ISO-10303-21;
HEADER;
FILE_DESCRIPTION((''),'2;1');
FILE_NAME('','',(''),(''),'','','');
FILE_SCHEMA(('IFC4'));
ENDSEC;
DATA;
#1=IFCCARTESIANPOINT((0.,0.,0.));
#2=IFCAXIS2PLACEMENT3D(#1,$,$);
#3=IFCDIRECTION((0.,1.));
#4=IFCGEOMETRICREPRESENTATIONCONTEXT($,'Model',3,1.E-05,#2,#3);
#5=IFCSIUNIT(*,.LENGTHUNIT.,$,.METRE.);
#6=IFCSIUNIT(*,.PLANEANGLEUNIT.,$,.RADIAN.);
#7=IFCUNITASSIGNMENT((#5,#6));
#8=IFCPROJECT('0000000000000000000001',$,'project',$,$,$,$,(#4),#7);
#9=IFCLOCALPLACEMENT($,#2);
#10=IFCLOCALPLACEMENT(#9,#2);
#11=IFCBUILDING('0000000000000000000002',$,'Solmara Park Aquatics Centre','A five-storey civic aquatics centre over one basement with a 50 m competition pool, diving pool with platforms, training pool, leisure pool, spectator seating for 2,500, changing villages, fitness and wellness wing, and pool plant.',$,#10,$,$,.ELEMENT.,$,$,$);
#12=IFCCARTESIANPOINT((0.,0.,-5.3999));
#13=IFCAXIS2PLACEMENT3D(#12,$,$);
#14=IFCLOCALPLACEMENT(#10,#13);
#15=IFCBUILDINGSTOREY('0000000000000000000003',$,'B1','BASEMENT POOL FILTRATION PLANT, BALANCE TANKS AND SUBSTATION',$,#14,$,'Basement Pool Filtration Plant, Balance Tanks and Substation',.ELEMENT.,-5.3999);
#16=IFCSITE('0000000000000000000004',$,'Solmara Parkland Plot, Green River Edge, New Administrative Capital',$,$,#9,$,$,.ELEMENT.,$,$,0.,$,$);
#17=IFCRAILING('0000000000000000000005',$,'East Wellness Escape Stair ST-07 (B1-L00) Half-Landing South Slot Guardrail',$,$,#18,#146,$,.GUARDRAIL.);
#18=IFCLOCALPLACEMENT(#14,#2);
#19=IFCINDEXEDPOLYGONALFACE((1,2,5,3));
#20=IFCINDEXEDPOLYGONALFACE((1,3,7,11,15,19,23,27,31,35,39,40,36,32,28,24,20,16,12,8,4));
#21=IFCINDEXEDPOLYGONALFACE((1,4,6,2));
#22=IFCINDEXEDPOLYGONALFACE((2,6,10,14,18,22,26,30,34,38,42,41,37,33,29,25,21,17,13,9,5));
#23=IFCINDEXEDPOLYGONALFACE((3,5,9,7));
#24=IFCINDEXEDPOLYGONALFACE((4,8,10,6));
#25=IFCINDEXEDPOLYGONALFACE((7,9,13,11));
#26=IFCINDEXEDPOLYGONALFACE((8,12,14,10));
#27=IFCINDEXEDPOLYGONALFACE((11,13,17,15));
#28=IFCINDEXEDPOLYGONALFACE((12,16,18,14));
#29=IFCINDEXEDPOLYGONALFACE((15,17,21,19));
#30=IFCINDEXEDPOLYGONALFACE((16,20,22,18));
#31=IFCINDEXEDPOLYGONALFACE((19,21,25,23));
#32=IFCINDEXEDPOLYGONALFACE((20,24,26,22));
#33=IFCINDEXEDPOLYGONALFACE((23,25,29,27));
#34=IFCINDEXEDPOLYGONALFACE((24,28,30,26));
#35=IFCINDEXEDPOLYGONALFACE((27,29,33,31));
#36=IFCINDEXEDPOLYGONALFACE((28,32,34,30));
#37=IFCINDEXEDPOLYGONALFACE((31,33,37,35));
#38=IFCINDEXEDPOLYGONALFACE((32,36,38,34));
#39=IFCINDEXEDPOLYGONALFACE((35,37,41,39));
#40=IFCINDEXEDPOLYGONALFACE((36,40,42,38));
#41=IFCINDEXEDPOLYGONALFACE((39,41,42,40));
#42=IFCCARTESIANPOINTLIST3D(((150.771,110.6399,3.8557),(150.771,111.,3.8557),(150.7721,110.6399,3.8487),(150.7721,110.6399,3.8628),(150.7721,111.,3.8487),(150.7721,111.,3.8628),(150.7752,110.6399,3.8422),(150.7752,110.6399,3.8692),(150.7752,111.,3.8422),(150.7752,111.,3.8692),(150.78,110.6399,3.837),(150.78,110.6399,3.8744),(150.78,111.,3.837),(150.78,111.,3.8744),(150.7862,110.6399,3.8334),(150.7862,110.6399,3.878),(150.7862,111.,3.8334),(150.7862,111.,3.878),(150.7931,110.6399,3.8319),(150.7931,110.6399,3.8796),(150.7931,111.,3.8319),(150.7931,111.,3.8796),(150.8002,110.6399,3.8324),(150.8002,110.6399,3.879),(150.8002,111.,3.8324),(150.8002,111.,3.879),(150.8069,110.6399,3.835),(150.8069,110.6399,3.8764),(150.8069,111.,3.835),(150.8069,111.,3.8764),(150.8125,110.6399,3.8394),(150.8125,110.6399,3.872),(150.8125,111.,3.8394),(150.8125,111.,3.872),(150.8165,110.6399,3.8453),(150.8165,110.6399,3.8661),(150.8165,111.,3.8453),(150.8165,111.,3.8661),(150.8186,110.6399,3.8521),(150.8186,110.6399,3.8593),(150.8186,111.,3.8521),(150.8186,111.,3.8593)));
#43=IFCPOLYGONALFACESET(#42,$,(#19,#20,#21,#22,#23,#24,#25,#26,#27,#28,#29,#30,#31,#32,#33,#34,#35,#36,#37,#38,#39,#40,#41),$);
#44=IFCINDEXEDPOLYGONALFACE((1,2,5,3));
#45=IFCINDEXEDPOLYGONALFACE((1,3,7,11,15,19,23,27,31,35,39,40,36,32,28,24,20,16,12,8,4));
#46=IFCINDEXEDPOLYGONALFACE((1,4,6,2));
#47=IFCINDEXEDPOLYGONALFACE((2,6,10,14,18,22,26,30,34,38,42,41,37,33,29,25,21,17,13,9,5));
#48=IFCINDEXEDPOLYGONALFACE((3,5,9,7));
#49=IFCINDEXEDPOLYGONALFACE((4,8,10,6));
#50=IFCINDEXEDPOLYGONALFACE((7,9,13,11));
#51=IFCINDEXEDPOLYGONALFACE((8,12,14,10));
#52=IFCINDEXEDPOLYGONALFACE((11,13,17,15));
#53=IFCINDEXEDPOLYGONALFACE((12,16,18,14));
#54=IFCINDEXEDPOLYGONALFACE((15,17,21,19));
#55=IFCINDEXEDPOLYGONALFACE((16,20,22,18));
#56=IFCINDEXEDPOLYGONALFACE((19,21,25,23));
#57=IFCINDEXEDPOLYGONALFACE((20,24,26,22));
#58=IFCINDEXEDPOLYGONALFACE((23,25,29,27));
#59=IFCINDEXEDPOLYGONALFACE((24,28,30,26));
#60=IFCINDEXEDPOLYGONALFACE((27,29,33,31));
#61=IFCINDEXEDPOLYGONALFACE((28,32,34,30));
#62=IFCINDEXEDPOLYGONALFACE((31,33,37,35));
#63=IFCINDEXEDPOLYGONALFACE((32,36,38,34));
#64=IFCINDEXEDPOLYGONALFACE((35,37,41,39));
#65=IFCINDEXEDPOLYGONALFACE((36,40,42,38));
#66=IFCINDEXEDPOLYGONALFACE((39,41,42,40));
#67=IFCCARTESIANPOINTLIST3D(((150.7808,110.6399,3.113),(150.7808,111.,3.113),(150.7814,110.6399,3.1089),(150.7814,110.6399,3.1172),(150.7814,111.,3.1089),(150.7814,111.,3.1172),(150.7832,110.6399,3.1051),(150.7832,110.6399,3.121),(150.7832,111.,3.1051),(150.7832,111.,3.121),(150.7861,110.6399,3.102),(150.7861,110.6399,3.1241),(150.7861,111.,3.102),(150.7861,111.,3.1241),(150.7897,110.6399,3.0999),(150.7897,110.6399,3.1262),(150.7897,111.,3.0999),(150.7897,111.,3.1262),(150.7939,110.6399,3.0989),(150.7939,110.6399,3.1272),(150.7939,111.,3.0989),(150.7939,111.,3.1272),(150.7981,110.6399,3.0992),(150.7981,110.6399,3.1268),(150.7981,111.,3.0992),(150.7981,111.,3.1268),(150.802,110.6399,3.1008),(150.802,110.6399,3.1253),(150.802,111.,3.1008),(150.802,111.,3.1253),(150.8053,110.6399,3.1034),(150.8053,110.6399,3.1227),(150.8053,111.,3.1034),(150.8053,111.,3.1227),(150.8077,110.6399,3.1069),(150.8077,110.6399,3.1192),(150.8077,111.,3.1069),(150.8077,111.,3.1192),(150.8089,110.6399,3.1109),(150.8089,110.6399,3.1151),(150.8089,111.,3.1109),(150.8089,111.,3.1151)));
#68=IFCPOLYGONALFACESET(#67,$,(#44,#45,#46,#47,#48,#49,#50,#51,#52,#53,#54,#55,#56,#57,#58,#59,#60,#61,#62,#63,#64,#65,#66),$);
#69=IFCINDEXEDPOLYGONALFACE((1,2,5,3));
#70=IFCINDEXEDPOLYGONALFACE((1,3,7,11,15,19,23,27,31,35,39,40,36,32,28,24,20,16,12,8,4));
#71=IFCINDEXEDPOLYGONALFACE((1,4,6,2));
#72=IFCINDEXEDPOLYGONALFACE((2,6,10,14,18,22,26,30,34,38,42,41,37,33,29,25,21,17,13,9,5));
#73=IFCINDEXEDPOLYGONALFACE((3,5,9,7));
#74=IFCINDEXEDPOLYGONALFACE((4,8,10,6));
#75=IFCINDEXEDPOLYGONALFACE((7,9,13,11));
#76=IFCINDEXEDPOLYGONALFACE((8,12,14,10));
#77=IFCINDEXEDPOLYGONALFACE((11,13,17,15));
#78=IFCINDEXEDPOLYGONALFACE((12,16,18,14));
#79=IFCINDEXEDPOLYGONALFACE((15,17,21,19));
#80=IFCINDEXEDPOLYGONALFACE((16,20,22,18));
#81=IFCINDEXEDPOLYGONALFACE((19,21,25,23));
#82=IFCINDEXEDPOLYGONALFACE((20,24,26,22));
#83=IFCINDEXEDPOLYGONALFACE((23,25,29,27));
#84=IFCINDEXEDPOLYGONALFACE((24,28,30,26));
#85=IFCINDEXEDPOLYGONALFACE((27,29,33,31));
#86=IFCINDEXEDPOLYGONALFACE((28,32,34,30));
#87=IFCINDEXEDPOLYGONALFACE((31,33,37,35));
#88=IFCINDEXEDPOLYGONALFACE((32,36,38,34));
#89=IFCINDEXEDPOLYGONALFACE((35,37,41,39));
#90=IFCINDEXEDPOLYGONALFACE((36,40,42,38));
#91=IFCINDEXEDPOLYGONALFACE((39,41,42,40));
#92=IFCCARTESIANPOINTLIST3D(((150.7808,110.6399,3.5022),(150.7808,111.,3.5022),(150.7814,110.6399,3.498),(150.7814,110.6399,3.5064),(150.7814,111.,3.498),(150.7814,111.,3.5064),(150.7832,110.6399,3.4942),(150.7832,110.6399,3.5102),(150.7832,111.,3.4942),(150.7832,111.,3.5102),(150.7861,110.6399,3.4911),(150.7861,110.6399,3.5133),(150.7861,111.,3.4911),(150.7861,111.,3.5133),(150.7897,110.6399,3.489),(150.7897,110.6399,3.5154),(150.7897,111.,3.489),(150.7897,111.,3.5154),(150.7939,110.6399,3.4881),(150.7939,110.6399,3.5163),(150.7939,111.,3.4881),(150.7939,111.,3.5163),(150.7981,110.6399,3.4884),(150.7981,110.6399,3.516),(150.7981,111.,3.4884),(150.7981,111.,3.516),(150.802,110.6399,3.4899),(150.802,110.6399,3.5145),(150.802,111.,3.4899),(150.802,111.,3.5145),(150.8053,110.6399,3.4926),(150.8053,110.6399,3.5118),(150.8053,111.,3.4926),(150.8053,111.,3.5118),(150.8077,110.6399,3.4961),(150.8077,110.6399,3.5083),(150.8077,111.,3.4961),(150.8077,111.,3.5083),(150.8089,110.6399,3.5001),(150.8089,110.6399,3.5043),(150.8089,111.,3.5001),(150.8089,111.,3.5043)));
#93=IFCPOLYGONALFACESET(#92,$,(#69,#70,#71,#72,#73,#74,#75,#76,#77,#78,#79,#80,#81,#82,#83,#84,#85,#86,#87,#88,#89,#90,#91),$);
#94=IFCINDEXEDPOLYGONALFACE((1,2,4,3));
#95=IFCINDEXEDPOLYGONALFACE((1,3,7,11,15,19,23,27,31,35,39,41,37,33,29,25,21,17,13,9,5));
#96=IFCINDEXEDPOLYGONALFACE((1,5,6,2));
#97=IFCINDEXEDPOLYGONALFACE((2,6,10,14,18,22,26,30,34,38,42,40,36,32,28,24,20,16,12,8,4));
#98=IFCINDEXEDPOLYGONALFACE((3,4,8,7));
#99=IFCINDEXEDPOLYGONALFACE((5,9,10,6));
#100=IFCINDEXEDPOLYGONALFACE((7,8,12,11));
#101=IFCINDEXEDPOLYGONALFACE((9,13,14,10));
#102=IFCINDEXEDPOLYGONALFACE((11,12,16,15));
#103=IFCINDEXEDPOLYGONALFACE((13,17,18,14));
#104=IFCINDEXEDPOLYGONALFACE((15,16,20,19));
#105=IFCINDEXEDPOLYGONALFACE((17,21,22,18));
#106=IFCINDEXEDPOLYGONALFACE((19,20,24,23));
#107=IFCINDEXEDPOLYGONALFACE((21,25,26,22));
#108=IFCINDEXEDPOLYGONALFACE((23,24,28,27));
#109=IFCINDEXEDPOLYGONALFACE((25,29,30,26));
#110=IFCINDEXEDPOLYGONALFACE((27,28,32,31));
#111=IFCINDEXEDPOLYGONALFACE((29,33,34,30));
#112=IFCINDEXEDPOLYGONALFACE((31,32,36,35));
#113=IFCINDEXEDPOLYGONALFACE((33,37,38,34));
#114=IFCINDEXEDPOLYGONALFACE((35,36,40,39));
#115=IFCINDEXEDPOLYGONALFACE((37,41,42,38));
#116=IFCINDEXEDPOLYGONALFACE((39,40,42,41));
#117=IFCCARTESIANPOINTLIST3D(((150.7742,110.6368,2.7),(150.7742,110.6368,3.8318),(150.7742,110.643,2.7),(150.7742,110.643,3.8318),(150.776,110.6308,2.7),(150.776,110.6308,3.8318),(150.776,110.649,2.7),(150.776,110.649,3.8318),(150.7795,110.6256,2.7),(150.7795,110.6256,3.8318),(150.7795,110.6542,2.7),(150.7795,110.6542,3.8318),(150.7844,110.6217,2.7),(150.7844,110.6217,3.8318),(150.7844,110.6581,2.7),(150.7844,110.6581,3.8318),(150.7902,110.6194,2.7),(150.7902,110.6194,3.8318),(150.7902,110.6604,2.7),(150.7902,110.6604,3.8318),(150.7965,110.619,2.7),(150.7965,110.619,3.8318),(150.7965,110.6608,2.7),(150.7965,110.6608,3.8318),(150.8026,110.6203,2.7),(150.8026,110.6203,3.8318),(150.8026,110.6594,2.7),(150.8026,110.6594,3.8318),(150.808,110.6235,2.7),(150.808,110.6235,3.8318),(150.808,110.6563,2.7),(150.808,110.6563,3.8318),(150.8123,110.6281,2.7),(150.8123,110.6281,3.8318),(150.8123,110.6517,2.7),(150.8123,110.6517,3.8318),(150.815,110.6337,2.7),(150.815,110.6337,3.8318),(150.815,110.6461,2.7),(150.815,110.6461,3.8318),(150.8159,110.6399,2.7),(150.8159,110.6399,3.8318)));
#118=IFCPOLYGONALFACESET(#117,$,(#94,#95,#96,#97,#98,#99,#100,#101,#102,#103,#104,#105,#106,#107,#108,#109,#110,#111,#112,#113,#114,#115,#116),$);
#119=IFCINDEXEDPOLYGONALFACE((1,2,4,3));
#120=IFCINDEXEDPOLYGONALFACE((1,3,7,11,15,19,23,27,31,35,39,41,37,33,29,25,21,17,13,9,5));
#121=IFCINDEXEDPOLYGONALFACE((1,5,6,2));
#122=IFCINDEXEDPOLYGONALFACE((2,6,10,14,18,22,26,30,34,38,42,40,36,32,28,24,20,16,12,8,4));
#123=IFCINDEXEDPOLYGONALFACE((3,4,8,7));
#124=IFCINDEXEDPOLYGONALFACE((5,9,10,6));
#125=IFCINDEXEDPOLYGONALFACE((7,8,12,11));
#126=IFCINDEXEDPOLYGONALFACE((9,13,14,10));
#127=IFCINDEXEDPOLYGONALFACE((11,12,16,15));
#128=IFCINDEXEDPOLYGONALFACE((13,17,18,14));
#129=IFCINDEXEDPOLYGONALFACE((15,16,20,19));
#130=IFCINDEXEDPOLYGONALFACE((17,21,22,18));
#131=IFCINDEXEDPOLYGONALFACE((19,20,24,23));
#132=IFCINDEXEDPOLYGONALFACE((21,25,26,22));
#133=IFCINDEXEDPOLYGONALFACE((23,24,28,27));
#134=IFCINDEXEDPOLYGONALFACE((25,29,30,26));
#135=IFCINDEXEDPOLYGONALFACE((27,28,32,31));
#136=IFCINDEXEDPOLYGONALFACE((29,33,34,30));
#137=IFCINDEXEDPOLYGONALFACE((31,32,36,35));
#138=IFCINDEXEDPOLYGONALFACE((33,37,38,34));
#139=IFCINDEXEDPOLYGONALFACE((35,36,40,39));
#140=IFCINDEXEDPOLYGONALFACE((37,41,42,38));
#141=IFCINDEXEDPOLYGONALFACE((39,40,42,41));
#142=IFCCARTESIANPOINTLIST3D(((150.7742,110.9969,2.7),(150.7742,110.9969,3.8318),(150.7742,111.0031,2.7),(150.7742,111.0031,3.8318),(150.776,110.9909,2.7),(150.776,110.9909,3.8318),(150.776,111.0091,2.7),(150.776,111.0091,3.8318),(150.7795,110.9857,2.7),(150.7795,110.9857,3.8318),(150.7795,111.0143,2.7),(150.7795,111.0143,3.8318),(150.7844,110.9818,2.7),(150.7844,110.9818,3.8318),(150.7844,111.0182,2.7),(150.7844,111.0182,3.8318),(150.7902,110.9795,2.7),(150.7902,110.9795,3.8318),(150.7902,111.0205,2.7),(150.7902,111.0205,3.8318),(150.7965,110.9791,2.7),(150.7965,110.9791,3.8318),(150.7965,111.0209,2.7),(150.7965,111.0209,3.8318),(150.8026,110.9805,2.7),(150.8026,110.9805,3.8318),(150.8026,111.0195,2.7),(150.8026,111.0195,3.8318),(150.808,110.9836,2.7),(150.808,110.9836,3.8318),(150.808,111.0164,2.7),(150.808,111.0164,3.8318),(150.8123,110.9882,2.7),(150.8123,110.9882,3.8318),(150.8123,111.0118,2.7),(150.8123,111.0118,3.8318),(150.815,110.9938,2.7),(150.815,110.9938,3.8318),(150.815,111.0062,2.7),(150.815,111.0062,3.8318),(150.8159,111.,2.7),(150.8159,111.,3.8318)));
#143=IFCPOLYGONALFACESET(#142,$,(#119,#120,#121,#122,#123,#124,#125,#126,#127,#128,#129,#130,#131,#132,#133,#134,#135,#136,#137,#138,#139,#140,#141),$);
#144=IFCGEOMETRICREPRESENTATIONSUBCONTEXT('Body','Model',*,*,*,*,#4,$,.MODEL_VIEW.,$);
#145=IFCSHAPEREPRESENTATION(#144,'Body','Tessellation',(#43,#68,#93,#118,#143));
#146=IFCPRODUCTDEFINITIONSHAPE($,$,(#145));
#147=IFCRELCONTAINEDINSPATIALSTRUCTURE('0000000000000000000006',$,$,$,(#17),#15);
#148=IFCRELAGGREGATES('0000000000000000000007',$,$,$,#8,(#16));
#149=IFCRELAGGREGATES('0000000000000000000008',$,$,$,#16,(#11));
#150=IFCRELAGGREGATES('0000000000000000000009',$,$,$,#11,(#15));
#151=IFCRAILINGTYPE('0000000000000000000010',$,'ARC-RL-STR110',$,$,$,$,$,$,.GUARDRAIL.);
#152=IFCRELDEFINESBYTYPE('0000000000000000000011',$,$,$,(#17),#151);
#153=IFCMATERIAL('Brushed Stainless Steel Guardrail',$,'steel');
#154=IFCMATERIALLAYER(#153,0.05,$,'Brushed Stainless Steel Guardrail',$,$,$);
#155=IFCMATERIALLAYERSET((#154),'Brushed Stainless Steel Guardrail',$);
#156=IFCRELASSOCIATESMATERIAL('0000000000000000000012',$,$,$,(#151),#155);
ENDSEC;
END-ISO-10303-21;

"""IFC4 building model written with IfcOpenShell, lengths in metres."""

from ifc_helpers import new_model, si_unit, direction, frame, origin, origin_2d, place, context, subcontext, project, spatial, circle, extrude, material, layer, layer_set, type_object, element, save


model = new_model("IFC4")

# Units and contexts
model_context = context("Model", 3, precision=1e-05, world=origin(), true_north=direction((0.0, 1.0)))
body_context = subcontext(model_context, "Body", "Model", "MODEL_VIEW")
ifc_project = project(units=[si_unit("LENGTHUNIT", "METRE"), si_unit("PLANEANGLEUNIT", "RADIAN")], contexts=[model_context])

# Site, building, storey
site_placement = place(None, origin())
site = spatial("IfcSite", under=ifc_project, at=site_placement, Name="Solmara Parkland Plot, Green River Edge, New Administrative Capital", CompositionType="ELEMENT", RefElevation=0.0)
building_placement = place(site_placement, origin())
building = spatial("IfcBuilding", under=site, at=building_placement, Name="Solmara Park Aquatics Centre", Description="A five-storey civic aquatics centre over one basement with a 50 m competition pool, diving pool with platforms, training pool, leisure pool, spectator seating for 2,500, changing villages, fitness and wellness wing, and pool plant.", CompositionType="ELEMENT")
storey_placement = place(building_placement, frame((0.0, 0.0, -5.3999)))
storey = spatial("IfcBuildingStorey", under=building, at=storey_placement, Name="B1", Description="BASEMENT POOL FILTRATION PLANT, BALANCE TANKS AND SUBSTATION", LongName="Basement Pool Filtration Plant, Balance Tanks and Substation", CompositionType="ELEMENT", Elevation=-5.3999)

# Railing
ifc_material_1 = material(Name="Brushed Stainless Steel Guardrail", Category="steel")
ifc_layer_1 = layer(ifc_material_1, 0.05, Name="Brushed Stainless Steel Guardrail")
ifc_layer_set_1 = layer_set([ifc_layer_1], Name="Brushed Stainless Steel Guardrail")
railing_type_1 = type_object("IfcRailingType", Name="ARC-RL-STR110", PredefinedType="GUARDRAIL", material=ifc_layer_set_1)
railing_1_placement = place(storey_placement, frame((150.7949, 110.6399, 2.7)))
element("IfcRailing", 1, at=railing_1_placement, inside=storey, type_object=railing_type_1, Name="East Wellness Escape Stair ST-07 (B1-L00) Half-Landing South Slot Guardrail", PredefinedType="GUARDRAIL", context=body_context, shape_type="SweptSolid", body=[
    extrude(circle(Radius=0.0239, at=origin_2d()), frame((0.0, 0.0, 1.1558), z_axis=(0.0, 1.0, 0.0), x_axis=(-1.0, 0.0, 0.0)), (0.0, 0.0, 1.0), 0.3601),
    extrude(circle(Radius=0.0142, at=origin_2d()), frame((0.0, 0.0, 0.4131), z_axis=(0.0, 1.0, 0.0), x_axis=(-1.0, 0.0, 0.0)), (0.0, 0.0, 1.0), 0.3601),
    extrude(circle(Radius=0.0142, at=origin_2d()), frame((0.0, 0.0, 0.8022), z_axis=(0.0, 1.0, 0.0), x_axis=(-1.0, 0.0, 0.0)), (0.0, 0.0, 1.0), 0.3601),
    extrude(circle(Radius=0.021, at=origin_2d()), origin(), (0.0, 0.0, 1.0), 1.1318),
    extrude(circle(Radius=0.021, at=origin_2d()), frame((0.0, 0.3601, 0.0)), (0.0, 0.0, 1.0), 1.1318),
])

save(model, "model.ifc")
